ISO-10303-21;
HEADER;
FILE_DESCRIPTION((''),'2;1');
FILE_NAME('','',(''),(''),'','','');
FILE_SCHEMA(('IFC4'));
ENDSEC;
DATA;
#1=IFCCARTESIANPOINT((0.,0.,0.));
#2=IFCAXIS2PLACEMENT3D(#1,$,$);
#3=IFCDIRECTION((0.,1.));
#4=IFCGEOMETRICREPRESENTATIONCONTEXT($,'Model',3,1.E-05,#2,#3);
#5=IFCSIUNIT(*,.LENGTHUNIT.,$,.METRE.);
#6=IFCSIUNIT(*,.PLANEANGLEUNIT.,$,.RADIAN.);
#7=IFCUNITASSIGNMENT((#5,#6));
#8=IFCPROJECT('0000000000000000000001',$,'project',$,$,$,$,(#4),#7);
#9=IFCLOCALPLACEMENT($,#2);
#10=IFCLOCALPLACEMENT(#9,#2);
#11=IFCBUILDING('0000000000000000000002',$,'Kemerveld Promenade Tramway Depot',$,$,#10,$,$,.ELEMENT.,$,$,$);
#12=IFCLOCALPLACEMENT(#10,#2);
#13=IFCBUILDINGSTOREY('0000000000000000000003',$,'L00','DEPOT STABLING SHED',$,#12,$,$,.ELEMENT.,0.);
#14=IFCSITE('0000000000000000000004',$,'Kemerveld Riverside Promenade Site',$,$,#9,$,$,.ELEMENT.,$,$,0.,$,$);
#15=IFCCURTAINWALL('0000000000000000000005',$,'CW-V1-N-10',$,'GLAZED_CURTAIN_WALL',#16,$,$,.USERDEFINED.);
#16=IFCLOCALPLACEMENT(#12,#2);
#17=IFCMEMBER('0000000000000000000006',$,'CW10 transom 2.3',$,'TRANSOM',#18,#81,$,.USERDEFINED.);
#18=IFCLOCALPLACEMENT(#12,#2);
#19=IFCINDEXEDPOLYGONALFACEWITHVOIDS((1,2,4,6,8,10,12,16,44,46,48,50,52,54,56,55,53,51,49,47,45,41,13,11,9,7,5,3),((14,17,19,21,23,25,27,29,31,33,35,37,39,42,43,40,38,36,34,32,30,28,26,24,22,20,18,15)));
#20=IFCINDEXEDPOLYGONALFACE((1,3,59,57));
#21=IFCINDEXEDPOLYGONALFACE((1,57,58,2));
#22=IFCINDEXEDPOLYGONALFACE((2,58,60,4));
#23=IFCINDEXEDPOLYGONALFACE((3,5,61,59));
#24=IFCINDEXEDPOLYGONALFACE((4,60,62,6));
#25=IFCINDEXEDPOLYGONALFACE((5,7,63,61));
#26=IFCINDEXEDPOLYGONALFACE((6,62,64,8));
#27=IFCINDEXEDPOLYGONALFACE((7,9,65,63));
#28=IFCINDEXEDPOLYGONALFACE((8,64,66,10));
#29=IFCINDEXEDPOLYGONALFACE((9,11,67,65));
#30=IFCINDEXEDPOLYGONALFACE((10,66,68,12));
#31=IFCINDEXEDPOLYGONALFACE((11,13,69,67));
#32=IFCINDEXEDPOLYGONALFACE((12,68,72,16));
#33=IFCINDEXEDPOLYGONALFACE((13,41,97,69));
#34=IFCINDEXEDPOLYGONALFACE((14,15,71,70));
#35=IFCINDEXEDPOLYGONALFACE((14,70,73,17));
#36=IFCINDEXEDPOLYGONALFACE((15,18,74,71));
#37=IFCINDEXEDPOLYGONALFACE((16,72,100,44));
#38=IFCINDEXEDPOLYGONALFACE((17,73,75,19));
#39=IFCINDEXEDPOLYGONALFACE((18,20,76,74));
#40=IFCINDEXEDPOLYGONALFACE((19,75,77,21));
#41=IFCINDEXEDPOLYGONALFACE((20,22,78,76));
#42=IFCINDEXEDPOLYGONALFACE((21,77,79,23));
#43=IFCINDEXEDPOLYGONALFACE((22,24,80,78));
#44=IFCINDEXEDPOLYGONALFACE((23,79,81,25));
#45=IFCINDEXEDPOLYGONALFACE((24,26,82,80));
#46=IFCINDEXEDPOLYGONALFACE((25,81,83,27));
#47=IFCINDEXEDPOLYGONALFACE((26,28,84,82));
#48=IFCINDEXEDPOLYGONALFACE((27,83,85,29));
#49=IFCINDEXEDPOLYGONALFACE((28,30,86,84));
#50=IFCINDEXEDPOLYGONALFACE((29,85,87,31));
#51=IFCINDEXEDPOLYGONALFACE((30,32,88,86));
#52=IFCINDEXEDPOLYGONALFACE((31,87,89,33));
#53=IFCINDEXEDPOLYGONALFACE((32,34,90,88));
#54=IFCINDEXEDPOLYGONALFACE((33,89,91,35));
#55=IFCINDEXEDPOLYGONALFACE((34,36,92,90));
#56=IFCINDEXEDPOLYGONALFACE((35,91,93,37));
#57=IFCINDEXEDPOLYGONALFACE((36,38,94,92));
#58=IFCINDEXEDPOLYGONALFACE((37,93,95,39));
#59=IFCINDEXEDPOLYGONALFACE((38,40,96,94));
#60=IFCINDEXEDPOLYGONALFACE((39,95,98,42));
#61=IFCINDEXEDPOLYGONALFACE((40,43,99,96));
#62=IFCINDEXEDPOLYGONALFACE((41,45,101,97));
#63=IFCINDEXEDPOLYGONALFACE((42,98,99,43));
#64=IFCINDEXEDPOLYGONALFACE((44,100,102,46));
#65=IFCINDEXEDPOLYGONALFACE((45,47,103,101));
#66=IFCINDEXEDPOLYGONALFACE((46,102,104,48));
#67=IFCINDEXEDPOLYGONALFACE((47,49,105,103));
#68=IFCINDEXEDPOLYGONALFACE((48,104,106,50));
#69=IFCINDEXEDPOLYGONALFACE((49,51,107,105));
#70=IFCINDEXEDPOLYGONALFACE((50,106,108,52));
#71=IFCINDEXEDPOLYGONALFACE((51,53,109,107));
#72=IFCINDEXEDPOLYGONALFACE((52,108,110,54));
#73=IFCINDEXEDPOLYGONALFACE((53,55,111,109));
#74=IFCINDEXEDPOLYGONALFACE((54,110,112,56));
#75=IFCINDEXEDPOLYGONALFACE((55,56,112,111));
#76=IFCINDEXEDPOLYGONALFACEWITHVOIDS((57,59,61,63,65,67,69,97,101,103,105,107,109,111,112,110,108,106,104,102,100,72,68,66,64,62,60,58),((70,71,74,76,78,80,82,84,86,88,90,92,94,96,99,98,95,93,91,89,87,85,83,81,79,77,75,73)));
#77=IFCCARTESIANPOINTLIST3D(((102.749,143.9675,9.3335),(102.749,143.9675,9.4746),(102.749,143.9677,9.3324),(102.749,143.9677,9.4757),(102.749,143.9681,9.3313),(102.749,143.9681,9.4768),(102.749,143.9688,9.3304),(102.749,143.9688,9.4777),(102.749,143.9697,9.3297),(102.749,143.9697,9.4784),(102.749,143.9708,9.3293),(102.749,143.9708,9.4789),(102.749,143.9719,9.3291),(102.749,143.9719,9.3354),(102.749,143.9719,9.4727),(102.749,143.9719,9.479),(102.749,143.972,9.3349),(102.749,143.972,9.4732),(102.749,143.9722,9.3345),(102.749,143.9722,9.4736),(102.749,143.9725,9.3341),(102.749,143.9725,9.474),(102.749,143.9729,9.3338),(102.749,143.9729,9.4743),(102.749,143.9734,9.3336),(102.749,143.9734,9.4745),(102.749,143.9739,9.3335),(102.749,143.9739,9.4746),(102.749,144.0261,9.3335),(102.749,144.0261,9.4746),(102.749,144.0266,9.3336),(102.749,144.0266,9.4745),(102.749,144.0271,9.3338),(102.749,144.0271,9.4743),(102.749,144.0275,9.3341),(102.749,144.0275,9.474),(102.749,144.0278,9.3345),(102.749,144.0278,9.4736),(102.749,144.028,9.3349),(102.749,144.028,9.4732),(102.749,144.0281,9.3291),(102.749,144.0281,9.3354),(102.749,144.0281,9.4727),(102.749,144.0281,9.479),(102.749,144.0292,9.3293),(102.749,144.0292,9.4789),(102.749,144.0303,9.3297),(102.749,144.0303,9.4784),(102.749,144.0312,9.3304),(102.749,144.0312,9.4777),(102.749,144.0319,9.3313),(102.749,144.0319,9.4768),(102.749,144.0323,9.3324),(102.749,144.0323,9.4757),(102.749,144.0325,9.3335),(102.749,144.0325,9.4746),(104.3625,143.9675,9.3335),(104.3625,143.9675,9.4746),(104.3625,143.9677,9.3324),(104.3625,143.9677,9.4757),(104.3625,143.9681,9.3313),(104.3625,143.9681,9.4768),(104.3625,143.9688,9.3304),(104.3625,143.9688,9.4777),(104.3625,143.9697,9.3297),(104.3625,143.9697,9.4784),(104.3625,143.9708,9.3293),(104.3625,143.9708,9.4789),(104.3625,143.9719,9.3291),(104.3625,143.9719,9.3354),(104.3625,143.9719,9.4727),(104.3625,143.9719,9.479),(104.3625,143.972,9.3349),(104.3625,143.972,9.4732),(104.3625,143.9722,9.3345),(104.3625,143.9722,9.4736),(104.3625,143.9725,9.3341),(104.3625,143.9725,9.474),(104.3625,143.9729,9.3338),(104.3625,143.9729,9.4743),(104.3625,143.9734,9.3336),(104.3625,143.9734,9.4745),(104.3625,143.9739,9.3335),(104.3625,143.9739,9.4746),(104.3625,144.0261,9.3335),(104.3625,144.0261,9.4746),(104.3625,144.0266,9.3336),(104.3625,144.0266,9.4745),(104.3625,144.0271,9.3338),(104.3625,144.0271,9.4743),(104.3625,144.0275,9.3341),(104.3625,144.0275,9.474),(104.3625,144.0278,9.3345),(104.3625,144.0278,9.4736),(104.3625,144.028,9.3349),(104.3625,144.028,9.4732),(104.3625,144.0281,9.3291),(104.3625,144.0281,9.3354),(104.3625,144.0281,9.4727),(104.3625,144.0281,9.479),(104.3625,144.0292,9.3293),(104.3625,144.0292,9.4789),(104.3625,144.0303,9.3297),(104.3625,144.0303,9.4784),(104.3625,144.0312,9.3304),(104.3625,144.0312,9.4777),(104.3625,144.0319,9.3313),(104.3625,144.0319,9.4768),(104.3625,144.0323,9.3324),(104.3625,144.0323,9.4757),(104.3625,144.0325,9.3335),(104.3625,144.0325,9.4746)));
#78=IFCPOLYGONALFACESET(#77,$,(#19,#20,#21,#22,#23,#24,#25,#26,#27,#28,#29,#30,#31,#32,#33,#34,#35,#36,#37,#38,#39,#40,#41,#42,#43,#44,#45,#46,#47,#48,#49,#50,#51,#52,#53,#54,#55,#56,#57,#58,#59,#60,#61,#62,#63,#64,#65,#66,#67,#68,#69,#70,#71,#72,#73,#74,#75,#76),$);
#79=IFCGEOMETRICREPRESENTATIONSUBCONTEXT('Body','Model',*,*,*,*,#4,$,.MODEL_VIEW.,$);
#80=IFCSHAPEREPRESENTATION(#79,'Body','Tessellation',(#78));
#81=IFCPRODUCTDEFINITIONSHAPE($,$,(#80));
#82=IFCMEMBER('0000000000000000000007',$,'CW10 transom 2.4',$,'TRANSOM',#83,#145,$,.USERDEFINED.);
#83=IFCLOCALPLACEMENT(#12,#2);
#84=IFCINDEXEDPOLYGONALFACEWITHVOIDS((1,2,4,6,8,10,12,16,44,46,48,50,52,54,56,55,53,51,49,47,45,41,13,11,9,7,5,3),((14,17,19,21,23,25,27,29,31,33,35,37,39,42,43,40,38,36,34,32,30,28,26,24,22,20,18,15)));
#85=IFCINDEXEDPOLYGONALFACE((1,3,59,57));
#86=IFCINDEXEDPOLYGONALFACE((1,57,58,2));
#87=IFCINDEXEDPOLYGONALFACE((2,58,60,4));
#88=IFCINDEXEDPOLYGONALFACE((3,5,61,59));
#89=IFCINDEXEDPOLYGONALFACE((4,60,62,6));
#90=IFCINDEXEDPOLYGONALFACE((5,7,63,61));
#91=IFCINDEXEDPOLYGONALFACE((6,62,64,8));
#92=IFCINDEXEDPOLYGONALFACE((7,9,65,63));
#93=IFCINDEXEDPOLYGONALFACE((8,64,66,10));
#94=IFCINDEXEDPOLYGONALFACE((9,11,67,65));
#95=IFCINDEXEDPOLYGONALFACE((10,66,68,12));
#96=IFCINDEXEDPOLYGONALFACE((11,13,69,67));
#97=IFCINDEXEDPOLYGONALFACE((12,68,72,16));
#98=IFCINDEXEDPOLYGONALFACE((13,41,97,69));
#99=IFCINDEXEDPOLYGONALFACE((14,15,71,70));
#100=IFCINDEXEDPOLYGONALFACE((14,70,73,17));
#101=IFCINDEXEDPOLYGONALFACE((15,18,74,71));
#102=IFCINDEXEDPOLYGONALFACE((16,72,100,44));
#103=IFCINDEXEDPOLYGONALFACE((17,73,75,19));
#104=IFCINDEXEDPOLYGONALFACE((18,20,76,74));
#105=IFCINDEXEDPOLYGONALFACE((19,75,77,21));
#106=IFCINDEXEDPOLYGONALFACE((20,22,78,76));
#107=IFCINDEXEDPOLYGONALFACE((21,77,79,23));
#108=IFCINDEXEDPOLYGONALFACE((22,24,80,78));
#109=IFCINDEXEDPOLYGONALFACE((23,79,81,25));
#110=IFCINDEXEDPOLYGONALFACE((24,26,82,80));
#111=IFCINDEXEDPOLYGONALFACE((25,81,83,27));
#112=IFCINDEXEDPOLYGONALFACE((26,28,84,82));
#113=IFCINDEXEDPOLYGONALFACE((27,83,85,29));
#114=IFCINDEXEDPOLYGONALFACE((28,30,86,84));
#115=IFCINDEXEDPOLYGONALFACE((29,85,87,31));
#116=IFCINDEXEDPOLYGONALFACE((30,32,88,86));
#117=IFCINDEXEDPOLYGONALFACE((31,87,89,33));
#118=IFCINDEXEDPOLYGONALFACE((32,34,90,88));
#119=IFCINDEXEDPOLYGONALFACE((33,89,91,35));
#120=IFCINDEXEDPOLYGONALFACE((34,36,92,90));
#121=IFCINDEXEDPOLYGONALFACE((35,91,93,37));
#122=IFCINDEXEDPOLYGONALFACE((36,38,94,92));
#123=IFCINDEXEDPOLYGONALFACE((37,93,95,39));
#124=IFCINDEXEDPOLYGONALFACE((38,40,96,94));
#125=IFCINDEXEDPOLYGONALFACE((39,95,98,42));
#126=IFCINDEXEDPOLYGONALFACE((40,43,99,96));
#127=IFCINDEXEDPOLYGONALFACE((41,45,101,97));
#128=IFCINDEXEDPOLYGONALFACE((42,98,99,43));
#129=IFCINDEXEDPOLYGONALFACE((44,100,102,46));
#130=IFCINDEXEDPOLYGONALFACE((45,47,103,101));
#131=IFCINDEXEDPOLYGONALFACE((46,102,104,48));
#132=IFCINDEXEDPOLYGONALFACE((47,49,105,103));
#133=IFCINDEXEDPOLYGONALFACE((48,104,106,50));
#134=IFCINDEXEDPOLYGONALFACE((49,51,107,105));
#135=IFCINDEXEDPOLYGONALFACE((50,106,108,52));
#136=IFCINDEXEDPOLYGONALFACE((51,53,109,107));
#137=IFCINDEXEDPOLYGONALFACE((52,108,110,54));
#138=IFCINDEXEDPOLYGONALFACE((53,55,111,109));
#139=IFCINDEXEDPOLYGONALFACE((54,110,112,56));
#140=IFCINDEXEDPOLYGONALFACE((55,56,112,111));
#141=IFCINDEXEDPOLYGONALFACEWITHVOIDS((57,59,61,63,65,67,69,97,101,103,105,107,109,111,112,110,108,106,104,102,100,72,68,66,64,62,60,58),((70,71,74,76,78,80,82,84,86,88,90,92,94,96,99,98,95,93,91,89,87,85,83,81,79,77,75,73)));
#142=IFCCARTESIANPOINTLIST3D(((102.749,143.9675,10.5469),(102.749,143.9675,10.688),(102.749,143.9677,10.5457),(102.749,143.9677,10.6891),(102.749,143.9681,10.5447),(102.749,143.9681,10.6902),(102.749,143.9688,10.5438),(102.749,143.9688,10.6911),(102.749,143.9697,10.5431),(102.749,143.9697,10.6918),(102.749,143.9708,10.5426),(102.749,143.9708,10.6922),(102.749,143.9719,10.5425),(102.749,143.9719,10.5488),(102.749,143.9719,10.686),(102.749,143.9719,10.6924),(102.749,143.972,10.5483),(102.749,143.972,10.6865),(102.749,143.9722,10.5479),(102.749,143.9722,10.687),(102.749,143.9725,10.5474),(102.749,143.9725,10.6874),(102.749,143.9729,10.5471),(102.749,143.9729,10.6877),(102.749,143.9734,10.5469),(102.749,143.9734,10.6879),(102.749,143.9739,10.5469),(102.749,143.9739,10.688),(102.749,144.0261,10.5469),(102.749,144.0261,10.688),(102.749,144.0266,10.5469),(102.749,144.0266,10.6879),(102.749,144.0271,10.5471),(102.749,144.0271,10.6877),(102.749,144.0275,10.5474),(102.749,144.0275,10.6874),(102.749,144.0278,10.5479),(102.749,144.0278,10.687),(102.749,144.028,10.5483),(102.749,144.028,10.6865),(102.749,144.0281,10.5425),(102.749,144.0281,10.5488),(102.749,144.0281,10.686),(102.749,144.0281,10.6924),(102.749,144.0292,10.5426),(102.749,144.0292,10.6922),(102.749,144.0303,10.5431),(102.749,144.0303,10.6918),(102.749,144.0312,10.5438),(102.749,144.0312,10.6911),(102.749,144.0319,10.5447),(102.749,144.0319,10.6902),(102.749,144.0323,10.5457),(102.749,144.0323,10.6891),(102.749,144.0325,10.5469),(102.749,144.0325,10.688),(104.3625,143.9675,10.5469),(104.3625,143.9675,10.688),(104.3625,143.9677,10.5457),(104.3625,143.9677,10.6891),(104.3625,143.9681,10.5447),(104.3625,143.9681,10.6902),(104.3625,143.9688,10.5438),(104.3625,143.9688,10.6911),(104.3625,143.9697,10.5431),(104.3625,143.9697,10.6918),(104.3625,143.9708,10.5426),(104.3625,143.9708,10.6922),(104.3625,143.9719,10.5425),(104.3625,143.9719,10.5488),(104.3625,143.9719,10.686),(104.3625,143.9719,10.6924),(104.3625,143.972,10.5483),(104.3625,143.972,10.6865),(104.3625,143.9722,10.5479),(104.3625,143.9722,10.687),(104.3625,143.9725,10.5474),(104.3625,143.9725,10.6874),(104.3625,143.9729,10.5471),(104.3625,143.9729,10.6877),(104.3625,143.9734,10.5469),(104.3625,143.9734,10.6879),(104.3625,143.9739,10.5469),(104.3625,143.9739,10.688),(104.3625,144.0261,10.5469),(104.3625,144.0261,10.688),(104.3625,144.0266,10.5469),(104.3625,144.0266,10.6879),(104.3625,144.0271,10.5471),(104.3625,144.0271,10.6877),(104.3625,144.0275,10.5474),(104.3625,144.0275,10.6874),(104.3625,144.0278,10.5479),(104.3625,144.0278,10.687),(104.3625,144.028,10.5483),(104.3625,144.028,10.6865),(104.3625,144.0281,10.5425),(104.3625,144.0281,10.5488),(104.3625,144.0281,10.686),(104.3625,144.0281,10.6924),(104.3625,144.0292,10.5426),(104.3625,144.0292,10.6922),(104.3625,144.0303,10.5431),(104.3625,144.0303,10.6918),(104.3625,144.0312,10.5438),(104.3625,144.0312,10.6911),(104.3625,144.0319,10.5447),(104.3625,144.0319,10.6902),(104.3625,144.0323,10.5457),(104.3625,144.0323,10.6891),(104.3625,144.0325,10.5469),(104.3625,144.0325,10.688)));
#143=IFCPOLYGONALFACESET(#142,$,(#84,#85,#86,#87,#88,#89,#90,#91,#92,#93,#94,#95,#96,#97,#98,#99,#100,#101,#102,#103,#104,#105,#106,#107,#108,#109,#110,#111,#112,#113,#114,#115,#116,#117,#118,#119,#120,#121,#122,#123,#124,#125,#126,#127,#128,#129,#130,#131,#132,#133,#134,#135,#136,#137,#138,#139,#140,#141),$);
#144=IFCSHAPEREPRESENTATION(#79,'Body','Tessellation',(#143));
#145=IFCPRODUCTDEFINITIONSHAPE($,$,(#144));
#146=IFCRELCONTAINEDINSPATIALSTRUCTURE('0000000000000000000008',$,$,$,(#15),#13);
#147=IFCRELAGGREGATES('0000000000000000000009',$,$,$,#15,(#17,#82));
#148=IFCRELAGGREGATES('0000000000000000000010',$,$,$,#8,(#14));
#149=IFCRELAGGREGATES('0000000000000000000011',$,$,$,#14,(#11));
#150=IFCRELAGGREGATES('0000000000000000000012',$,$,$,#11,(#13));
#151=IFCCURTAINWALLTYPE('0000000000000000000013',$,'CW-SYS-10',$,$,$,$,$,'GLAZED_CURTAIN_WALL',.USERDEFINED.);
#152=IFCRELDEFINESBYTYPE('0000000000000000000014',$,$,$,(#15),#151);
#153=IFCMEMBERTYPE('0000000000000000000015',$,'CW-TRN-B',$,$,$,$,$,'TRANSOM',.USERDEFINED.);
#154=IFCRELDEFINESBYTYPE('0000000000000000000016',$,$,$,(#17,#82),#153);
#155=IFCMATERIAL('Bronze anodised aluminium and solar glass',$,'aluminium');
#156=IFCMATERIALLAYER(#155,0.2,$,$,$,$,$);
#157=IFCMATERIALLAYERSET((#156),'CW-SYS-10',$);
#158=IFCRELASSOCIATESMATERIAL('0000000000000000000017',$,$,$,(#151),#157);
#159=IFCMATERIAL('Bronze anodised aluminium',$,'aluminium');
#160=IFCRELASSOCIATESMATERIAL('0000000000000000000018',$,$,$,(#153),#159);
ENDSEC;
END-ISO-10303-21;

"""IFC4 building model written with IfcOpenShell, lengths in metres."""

from ifc_helpers import new_model, si_unit, direction, frame, origin, origin_2d, place, context, subcontext, project, spatial, hollow_rectangle, extrude, material, layer, layer_set, material_profile, profile_set, type_object, element, aggregate, save


model = new_model("IFC4")

# Units and contexts
model_context = context("Model", 3, precision=1e-05, world=origin(), true_north=direction((0.0, 1.0)))
body_context = subcontext(model_context, "Body", "Model", "MODEL_VIEW")
ifc_project = project(units=[si_unit("LENGTHUNIT", "METRE"), si_unit("PLANEANGLEUNIT", "RADIAN")], contexts=[model_context])

# Site, building, storey
site_placement = place(None, origin())
site = spatial("IfcSite", under=ifc_project, at=site_placement, Name="Kemerveld Riverside Promenade Site", CompositionType="ELEMENT", RefElevation=0.0)
building_placement = place(site_placement, origin())
building = spatial("IfcBuilding", under=site, at=building_placement, Name="Kemerveld Promenade Tramway Depot", CompositionType="ELEMENT")
storey_placement = place(building_placement, origin())
storey = spatial("IfcBuildingStorey", under=building, at=storey_placement, Name="L00", Description="DEPOT STABLING SHED", CompositionType="ELEMENT", Elevation=0.0)

# Curtain wall, members
ifc_material_1 = material(Name="Bronze anodised aluminium and solar glass", Category="aluminium")
ifc_material_2 = material(Name="Bronze anodised aluminium", Category="aluminium")
ifc_layer_1 = layer(ifc_material_1, 0.2)
ifc_layer_set_1 = layer_set([ifc_layer_1], Name="CW-SYS-10")
curtain_wall_type_1 = type_object("IfcCurtainWallType", Name="CW-SYS-10", ElementType="GLAZED_CURTAIN_WALL", PredefinedType="USERDEFINED", material=ifc_layer_set_1)
curtain_wall_1_placement = place(storey_placement, origin())
curtain_wall_1 = element("IfcCurtainWall", 1, at=curtain_wall_1_placement, inside=storey, type_object=curtain_wall_type_1, Name="CW-V1-N-10", ObjectType="GLAZED_CURTAIN_WALL", PredefinedType="USERDEFINED")
ifc_material_profile_1 = material_profile(ifc_material_2, hollow_rectangle(XDim=0.0649, YDim=0.1499, WallThickness=0.0044, InnerFilletRadius=0.002, OuterFilletRadius=0.0044, at=origin_2d()), Name="CW-TRN-150x65")
ifc_profile_set_1 = profile_set([ifc_material_profile_1], Name="Bronze anodised aluminium")
member_type_1 = type_object("IfcMemberType", Name="CW-TRN-B", ElementType="TRANSOM", PredefinedType="USERDEFINED", material=ifc_profile_set_1)
member_1_placement = place(storey_placement, frame((102.749, 144.0, 9.4041), z_axis=(1.0, 0.0, 0.0), x_axis=(0.0, 1.0, 0.0)))
member_1 = element("IfcMember", 2, at=member_1_placement, type_object=member_type_1, Name="CW10 transom 2.3", ObjectType="TRANSOM", PredefinedType="USERDEFINED", context=body_context, shape_type="SweptSolid", body=[
    extrude(hollow_rectangle(XDim=0.0649, YDim=0.1499, WallThickness=0.0044, InnerFilletRadius=0.002, OuterFilletRadius=0.0044, at=origin_2d()), origin(), (0.0, 0.0, 1.0), 1.6135),
])
member_2_placement = place(storey_placement, frame((102.749, 144.0, 10.6174), z_axis=(1.0, 0.0, 0.0), x_axis=(0.0, 1.0, 0.0)))
member_2 = element("IfcMember", 3, at=member_2_placement, type_object=member_type_1, Name="CW10 transom 2.4", ObjectType="TRANSOM", PredefinedType="USERDEFINED", context=body_context, shape_type="SweptSolid", body=[
    extrude(hollow_rectangle(XDim=0.0649, YDim=0.1499, WallThickness=0.0044, InnerFilletRadius=0.002, OuterFilletRadius=0.0044, at=origin_2d()), origin(), (0.0, 0.0, 1.0), 1.6135),
])

aggregate(curtain_wall_1, [member_1, member_2])

save(model, "model.ifc")
